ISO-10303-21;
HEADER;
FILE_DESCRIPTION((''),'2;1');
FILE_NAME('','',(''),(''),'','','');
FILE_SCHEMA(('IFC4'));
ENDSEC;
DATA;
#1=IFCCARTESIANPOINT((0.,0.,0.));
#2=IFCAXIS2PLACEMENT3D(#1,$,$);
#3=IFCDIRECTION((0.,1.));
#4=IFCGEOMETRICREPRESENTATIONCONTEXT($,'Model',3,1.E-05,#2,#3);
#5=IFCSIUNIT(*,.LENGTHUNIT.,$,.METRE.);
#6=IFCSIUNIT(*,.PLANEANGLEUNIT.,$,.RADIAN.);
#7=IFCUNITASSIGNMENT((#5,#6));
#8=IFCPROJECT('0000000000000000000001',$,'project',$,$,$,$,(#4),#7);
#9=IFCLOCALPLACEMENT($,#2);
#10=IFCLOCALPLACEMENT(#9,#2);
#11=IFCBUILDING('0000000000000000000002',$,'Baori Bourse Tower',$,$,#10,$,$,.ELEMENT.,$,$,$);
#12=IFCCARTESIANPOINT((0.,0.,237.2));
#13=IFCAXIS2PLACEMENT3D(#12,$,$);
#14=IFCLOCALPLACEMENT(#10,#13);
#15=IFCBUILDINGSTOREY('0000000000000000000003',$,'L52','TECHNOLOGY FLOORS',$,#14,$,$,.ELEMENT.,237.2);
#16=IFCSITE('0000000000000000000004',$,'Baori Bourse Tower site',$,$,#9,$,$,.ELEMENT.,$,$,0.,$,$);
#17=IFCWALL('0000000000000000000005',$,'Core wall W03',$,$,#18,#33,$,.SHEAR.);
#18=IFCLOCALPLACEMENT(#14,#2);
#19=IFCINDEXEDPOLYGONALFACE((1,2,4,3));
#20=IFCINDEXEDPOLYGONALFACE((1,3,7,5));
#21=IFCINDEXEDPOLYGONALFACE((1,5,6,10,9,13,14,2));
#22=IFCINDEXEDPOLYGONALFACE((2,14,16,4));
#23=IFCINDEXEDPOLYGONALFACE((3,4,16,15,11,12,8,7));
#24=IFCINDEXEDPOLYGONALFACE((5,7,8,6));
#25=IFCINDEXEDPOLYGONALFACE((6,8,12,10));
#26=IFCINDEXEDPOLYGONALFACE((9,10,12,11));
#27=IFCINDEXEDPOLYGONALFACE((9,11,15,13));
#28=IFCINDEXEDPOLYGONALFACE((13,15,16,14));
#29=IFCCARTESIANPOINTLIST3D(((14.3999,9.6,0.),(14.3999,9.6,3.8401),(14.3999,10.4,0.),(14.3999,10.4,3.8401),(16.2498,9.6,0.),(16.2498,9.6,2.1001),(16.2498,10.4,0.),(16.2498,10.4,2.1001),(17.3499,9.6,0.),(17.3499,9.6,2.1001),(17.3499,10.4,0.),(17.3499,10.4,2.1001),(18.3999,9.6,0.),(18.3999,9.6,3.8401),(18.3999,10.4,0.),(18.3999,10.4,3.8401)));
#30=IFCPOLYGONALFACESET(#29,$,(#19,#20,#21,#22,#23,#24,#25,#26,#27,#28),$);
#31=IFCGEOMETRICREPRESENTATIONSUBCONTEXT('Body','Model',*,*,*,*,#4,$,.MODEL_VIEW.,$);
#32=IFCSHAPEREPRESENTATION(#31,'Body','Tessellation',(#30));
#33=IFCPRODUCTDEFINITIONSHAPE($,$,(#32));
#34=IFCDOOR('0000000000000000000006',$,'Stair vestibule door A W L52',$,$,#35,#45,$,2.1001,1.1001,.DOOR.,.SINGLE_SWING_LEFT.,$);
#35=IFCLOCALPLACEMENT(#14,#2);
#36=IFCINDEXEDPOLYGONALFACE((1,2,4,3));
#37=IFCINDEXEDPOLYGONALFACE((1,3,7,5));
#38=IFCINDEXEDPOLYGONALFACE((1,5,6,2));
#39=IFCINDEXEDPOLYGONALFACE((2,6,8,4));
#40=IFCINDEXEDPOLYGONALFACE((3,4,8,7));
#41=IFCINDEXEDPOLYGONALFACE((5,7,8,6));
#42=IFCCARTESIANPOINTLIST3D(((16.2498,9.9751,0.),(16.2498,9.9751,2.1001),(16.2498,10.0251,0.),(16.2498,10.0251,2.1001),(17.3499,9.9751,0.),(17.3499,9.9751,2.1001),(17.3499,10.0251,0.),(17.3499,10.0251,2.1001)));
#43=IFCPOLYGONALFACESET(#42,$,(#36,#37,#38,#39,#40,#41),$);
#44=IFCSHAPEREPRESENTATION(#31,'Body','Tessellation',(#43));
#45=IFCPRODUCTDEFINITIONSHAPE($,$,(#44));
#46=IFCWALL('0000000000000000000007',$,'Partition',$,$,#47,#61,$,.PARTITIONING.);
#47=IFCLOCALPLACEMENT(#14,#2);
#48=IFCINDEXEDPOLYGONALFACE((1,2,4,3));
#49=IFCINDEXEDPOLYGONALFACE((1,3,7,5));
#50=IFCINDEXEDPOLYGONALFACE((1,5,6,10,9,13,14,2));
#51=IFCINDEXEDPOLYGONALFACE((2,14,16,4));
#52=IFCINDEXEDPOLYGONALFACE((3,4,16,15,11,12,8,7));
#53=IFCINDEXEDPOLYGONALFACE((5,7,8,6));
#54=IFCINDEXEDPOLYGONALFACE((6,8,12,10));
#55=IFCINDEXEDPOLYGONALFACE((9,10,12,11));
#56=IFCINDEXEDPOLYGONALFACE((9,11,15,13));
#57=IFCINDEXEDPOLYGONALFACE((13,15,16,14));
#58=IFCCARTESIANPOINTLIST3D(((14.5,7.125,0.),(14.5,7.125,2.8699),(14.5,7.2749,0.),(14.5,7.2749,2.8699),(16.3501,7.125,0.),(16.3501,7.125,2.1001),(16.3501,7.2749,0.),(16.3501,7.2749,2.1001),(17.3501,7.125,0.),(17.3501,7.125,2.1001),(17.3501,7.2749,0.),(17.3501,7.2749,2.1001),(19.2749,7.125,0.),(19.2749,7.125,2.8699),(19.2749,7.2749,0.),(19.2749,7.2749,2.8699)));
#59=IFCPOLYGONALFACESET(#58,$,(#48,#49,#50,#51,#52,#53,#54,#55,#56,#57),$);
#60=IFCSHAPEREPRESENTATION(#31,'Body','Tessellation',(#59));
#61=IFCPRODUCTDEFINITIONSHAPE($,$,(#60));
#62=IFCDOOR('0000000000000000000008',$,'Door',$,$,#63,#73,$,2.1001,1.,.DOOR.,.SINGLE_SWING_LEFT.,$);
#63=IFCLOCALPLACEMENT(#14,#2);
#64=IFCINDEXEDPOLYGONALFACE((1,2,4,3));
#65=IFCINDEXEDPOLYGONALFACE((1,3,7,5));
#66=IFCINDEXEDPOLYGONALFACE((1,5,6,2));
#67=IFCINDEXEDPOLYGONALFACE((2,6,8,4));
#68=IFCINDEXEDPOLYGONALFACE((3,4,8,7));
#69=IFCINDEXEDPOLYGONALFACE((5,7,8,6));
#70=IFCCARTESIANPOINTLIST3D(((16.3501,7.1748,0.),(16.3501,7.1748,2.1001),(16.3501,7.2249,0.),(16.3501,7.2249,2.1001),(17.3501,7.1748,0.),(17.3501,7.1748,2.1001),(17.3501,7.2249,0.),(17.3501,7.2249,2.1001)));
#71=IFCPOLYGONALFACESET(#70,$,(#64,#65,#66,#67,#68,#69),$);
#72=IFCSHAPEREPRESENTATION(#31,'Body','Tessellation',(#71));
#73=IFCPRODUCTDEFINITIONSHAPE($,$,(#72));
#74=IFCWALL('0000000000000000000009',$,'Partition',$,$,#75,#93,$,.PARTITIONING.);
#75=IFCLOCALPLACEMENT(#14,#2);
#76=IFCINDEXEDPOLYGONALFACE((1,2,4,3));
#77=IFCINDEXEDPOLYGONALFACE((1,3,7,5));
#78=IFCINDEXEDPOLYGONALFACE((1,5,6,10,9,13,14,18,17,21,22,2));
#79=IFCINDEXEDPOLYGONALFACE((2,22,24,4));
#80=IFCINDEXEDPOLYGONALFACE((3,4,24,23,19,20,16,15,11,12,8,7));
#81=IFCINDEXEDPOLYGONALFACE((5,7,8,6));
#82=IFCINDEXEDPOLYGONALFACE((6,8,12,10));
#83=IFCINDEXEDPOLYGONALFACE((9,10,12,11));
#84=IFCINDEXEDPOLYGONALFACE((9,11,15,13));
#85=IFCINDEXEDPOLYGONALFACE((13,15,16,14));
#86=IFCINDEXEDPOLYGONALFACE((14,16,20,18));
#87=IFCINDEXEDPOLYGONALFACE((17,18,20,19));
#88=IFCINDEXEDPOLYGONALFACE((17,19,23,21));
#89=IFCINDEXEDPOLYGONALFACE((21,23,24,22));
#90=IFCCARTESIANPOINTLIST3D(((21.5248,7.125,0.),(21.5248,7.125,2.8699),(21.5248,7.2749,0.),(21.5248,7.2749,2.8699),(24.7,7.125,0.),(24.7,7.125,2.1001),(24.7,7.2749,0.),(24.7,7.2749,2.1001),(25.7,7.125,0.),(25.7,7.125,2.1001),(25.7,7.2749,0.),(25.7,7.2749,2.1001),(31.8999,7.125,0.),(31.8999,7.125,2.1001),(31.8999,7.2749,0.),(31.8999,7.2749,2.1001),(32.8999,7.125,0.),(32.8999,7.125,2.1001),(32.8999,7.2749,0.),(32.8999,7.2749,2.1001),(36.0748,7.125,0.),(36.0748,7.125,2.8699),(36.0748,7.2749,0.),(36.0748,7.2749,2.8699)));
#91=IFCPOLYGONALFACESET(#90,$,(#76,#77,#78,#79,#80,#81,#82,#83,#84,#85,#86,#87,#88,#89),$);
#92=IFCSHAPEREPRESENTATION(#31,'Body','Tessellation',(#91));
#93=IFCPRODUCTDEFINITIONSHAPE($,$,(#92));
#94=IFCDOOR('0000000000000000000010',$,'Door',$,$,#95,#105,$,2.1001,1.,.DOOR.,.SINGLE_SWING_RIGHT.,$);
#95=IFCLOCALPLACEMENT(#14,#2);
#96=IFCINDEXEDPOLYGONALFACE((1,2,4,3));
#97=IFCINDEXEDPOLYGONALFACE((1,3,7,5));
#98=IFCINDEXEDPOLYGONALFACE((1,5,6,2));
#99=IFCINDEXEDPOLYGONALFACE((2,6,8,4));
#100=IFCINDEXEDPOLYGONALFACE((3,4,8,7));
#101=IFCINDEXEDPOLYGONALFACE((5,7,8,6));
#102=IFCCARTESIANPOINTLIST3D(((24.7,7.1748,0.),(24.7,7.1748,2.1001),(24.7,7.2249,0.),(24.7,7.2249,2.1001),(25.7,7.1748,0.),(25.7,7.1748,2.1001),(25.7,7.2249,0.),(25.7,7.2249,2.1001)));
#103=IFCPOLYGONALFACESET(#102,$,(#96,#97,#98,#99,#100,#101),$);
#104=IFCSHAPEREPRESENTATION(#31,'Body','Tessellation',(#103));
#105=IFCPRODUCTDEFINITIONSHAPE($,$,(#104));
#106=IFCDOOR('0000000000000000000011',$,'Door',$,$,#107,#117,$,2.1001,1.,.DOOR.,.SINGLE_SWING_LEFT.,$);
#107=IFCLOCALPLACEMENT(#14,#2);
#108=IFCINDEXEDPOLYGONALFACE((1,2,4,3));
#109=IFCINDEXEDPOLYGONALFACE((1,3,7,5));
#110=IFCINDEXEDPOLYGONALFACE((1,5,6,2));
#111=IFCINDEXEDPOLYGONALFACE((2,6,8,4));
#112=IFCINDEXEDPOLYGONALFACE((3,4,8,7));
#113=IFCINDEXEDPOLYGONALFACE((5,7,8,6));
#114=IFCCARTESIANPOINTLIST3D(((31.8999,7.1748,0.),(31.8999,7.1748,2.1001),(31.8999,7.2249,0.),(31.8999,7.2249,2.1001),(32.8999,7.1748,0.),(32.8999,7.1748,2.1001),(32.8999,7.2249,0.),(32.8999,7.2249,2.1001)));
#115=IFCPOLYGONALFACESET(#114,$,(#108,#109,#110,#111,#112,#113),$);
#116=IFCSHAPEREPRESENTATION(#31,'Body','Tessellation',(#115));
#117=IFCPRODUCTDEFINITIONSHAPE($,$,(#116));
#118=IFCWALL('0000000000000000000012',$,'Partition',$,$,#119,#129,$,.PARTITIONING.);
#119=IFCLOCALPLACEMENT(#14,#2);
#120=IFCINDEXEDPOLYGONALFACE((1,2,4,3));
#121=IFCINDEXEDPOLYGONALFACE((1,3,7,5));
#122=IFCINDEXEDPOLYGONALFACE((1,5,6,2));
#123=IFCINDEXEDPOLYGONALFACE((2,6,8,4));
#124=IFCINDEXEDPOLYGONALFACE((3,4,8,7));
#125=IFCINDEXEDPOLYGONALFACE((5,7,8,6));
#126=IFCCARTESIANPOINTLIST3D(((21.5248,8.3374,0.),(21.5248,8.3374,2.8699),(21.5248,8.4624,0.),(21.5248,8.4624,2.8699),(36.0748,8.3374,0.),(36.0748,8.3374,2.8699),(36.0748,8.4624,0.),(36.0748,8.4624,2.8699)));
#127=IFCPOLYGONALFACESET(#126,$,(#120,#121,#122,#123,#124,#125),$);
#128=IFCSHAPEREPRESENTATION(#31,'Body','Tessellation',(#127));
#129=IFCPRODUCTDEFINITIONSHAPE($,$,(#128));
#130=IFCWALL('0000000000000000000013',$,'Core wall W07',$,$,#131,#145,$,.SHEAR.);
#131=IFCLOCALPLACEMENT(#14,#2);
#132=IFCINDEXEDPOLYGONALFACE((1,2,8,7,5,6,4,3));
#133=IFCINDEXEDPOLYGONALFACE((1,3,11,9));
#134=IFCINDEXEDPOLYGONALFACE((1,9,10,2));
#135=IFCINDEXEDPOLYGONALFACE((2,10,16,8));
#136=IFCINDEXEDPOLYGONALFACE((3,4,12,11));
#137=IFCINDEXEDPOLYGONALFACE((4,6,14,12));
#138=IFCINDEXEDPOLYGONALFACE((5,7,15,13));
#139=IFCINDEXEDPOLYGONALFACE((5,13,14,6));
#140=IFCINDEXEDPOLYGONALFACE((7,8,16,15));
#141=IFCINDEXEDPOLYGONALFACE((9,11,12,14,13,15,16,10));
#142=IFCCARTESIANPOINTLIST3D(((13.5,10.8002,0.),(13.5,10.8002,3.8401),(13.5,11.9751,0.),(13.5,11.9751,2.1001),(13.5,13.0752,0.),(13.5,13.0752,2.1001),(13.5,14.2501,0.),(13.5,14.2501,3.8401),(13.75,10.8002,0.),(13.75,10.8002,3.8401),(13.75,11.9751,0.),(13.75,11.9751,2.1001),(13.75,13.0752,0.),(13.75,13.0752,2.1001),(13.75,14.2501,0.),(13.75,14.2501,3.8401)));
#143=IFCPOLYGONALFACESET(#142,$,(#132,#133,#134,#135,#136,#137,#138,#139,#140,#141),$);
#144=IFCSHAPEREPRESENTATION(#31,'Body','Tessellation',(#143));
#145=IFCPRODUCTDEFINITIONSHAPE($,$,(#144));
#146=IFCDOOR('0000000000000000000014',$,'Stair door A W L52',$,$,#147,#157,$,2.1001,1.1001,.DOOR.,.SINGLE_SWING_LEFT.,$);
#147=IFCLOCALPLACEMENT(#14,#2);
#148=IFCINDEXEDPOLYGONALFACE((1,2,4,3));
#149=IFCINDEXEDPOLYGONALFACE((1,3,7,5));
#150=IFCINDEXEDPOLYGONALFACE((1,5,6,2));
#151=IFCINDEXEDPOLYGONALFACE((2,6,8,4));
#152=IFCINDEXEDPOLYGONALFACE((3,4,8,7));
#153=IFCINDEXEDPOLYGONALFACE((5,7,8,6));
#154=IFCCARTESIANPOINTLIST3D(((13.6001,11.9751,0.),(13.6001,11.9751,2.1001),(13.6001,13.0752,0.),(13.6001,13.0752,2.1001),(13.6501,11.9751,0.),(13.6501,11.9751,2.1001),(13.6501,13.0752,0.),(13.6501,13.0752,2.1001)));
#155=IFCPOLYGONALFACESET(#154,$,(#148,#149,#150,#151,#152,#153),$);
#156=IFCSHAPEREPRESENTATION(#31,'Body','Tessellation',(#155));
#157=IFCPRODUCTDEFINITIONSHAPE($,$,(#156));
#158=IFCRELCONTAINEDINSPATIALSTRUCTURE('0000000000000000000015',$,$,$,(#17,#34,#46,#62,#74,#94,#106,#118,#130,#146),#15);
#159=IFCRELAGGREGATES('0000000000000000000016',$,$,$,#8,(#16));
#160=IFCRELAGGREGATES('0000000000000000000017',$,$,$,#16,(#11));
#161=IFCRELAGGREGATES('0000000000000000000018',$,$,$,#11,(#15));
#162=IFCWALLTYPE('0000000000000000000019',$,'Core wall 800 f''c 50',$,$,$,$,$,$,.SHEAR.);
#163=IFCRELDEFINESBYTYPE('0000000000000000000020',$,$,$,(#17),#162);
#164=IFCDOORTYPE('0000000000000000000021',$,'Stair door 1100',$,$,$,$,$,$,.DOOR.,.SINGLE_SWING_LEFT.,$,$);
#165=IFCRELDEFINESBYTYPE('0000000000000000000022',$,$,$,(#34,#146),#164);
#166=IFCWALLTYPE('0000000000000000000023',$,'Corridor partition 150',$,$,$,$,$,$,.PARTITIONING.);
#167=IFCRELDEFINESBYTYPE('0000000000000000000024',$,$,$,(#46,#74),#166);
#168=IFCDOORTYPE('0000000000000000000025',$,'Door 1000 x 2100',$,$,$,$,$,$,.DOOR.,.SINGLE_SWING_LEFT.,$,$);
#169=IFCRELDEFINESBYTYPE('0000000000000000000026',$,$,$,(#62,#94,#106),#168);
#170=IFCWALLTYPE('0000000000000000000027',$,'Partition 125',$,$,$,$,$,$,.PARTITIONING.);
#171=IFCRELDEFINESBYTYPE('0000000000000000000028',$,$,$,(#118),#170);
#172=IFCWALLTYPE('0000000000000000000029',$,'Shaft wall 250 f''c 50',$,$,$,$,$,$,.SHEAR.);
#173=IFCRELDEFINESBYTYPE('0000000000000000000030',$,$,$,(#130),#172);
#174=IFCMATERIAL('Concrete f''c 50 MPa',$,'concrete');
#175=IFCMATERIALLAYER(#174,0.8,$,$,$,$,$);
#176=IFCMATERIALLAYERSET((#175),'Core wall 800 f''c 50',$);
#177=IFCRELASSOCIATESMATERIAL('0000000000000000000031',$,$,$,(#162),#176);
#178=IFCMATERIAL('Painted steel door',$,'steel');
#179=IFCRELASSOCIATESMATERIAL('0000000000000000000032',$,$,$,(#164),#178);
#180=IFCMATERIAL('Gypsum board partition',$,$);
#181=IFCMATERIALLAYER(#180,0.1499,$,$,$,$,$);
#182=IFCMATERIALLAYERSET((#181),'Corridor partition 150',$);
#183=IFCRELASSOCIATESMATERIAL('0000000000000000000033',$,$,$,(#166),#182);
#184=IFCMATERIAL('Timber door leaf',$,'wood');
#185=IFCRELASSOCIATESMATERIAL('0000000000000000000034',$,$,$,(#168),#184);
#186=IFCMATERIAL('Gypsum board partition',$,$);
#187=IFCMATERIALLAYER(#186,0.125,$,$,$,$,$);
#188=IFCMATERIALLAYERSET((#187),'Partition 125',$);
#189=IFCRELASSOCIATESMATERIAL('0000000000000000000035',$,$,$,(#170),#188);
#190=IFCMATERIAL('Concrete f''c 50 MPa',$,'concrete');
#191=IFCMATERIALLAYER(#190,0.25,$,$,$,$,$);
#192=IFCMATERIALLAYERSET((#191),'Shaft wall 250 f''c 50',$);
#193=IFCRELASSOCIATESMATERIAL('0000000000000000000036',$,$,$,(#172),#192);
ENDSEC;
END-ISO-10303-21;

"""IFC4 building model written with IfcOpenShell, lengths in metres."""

from ifc_helpers import new_model, si_unit, direction, frame, frame_2d, origin, place, context, subcontext, project, spatial, rectangle, extrude, material, layer, layer_set, type_object, element, fill, save


model = new_model("IFC4")

# Units and contexts
model_context = context("Model", 3, precision=1e-05, world=origin(), true_north=direction((0.0, 1.0)))
body_context = subcontext(model_context, "Body", "Model", "MODEL_VIEW")
ifc_project = project(units=[si_unit("LENGTHUNIT", "METRE"), si_unit("PLANEANGLEUNIT", "RADIAN")], contexts=[model_context])

# Site, building, storey
site_placement = place(None, origin())
site = spatial("IfcSite", under=ifc_project, at=site_placement, Name="Baori Bourse Tower site", CompositionType="ELEMENT", RefElevation=0.0)
building_placement = place(site_placement, origin())
building = spatial("IfcBuilding", under=site, at=building_placement, Name="Baori Bourse Tower", CompositionType="ELEMENT")
storey_placement = place(building_placement, frame((0.0, 0.0, 237.2)))
storey = spatial("IfcBuildingStorey", under=building, at=storey_placement, Name="L52", Description="TECHNOLOGY FLOORS", CompositionType="ELEMENT", Elevation=237.2)

# Shared definitions
ifc_material_1 = material(Name="Concrete f'c 50 MPa", Category="concrete")
ifc_layer_1 = layer(ifc_material_1, 0.8)
ifc_layer_set_1 = layer_set([ifc_layer_1], Name="Core wall 800 f'c 50")
wall_type_1 = type_object("IfcWallType", Name="Core wall 800 f'c 50", PredefinedType="SHEAR", material=ifc_layer_set_1)

# Walls, openings, doors
wall_1_placement = place(storey_placement, frame((18.3999, 10.0, 0.0), z_axis=(0.0, 0.0, 1.0), x_axis=(-1.0, 0.0, 0.0)))
wall_1 = element("IfcWall", 1, at=wall_1_placement, inside=storey, type_object=wall_type_1, Name="Core wall W03", PredefinedType="SHEAR", context=body_context, shape_type="SweptSolid", body=[
    extrude(rectangle(XDim=4.0, YDim=0.8, at=frame_2d((2.0, 0.0))), origin(), (0.0, 0.0, 1.0), 3.8401),
])
opening_1_placement = place(wall_1_placement, frame((1.05, 0.0, 0.0)))
opening_1 = element("IfcOpeningElement", 2, at=opening_1_placement, cuts=wall_1, PredefinedType="OPENING", context=body_context, shape_type="SweptSolid", body=[
    extrude(rectangle(XDim=1.1001, YDim=2.1001, at=frame_2d((0.55, 1.05))), frame((0.0, 0.4099, 0.0), z_axis=(0.0, -1.0, 0.0), x_axis=(1.0, 0.0, 0.0)), (0.0, 0.0, 1.0), 0.8201),
])
ifc_material_2 = material(Name="Painted steel door", Category="steel")
door_type_1 = type_object("IfcDoorType", Name="Stair door 1100", OperationType="SINGLE_SWING_LEFT", PredefinedType="DOOR", material=ifc_material_2)
door_1_placement = place(opening_1_placement, origin())
door_1 = element("IfcDoor", 3, at=door_1_placement, inside=storey, type_object=door_type_1, Name="Stair vestibule door A W L52", OperationType="SINGLE_SWING_LEFT", OverallHeight=2.1001, OverallWidth=1.1001, PredefinedType="DOOR", context=body_context, shape_type="SweptSolid", body=[
    extrude(rectangle(XDim=1.1001, YDim=2.1001, at=frame_2d((0.55, 1.05))), frame((0.0, 0.0249, 0.0), z_axis=(0.0, -1.0, 0.0), x_axis=(1.0, 0.0, 0.0)), (0.0, 0.0, 1.0), 0.05),
])
fill(opening_1, door_1)
ifc_material_3 = material(Name="Gypsum board partition")
ifc_layer_2 = layer(ifc_material_3, 0.1499)
ifc_layer_set_2 = layer_set([ifc_layer_2], Name="Corridor partition 150")
wall_type_2 = type_object("IfcWallType", Name="Corridor partition 150", PredefinedType="PARTITIONING", material=ifc_layer_set_2)
wall_2_placement = place(storey_placement, frame((14.5, 7.2, 0.0), z_axis=(0.0, 0.0, 1.0), x_axis=(1.0, 0.0, 0.0)))
wall_2 = element("IfcWall", 4, at=wall_2_placement, inside=storey, type_object=wall_type_2, Name="Partition", PredefinedType="PARTITIONING", context=body_context, shape_type="SweptSolid", body=[
    extrude(rectangle(XDim=4.7749, YDim=0.1499, at=frame_2d((2.3875, 0.0))), origin(), (0.0, 0.0, 1.0), 2.8699),
])
opening_2_placement = place(wall_2_placement, frame((1.8501, 0.0, 0.0)))
opening_2 = element("IfcOpeningElement", 5, at=opening_2_placement, cuts=wall_2, PredefinedType="OPENING", context=body_context, shape_type="SweptSolid", body=[
    extrude(rectangle(XDim=1.0, YDim=2.1001, at=frame_2d((0.5, 1.05))), frame((0.0, 0.085, 0.0), z_axis=(0.0, -1.0, 0.0), x_axis=(1.0, 0.0, 0.0)), (0.0, 0.0, 1.0), 0.1699),
])
ifc_material_4 = material(Name="Timber door leaf", Category="wood")
door_type_2 = type_object("IfcDoorType", Name="Door 1000 x 2100", OperationType="SINGLE_SWING_LEFT", PredefinedType="DOOR", material=ifc_material_4)
door_2_placement = place(opening_2_placement, origin())
door_2 = element("IfcDoor", 6, at=door_2_placement, inside=storey, type_object=door_type_2, Name="Door", OperationType="SINGLE_SWING_LEFT", OverallHeight=2.1001, OverallWidth=1.0, PredefinedType="DOOR", context=body_context, shape_type="SweptSolid", body=[
    extrude(rectangle(XDim=1.0, YDim=2.1001, at=frame_2d((0.5, 1.05))), frame((0.0, 0.0249, 0.0), z_axis=(0.0, -1.0, 0.0), x_axis=(1.0, 0.0, 0.0)), (0.0, 0.0, 1.0), 0.05),
])
fill(opening_2, door_2)

# Wall, openings, doors
wall_3_placement = place(storey_placement, frame((21.5249, 7.2, 0.0), z_axis=(0.0, 0.0, 1.0), x_axis=(1.0, 0.0, 0.0)))
wall_3 = element("IfcWall", 7, at=wall_3_placement, inside=storey, type_object=wall_type_2, Name="Partition", PredefinedType="PARTITIONING", context=body_context, shape_type="SweptSolid", body=[
    extrude(rectangle(XDim=14.55, YDim=0.1499, at=frame_2d((7.2749, 0.0))), origin(), (0.0, 0.0, 1.0), 2.8699),
])
opening_3_placement = place(wall_3_placement, frame((3.175, 0.0, 0.0)))
opening_3 = element("IfcOpeningElement", 8, at=opening_3_placement, cuts=wall_3, PredefinedType="OPENING", context=body_context, shape_type="SweptSolid", body=[
    extrude(rectangle(XDim=1.0, YDim=2.1001, at=frame_2d((0.5, 1.05))), frame((0.0, 0.085, 0.0), z_axis=(0.0, -1.0, 0.0), x_axis=(1.0, 0.0, 0.0)), (0.0, 0.0, 1.0), 0.1699),
])
opening_4_placement = place(wall_3_placement, frame((10.375, 0.0, 0.0)))
opening_4 = element("IfcOpeningElement", 9, at=opening_4_placement, cuts=wall_3, PredefinedType="OPENING", context=body_context, shape_type="SweptSolid", body=[
    extrude(rectangle(XDim=1.0, YDim=2.1001, at=frame_2d((0.5, 1.05))), frame((0.0, 0.085, 0.0), z_axis=(0.0, -1.0, 0.0), x_axis=(1.0, 0.0, 0.0)), (0.0, 0.0, 1.0), 0.1699),
])
door_3_placement = place(opening_3_placement, origin())
door_3 = element("IfcDoor", 10, at=door_3_placement, inside=storey, type_object=door_type_2, Name="Door", OperationType="SINGLE_SWING_RIGHT", OverallHeight=2.1001, OverallWidth=1.0, PredefinedType="DOOR", context=body_context, shape_type="SweptSolid", body=[
    extrude(rectangle(XDim=1.0, YDim=2.1001, at=frame_2d((0.5, 1.05))), frame((0.0, 0.0249, 0.0), z_axis=(0.0, -1.0, 0.0), x_axis=(1.0, 0.0, 0.0)), (0.0, 0.0, 1.0), 0.05),
])
fill(opening_3, door_3)
door_4_placement = place(opening_4_placement, origin())
door_4 = element("IfcDoor", 11, at=door_4_placement, inside=storey, type_object=door_type_2, Name="Door", OperationType="SINGLE_SWING_LEFT", OverallHeight=2.1001, OverallWidth=1.0, PredefinedType="DOOR", context=body_context, shape_type="SweptSolid", body=[
    extrude(rectangle(XDim=1.0, YDim=2.1001, at=frame_2d((0.5, 1.05))), frame((0.0, 0.0249, 0.0), z_axis=(0.0, -1.0, 0.0), x_axis=(1.0, 0.0, 0.0)), (0.0, 0.0, 1.0), 0.05),
])
fill(opening_4, door_4)

# Wall
ifc_material_5 = material(Name="Gypsum board partition")
ifc_layer_3 = layer(ifc_material_5, 0.125)
ifc_layer_set_3 = layer_set([ifc_layer_3], Name="Partition 125")
wall_type_3 = type_object("IfcWallType", Name="Partition 125", PredefinedType="PARTITIONING", material=ifc_layer_set_3)
wall_4_placement = place(storey_placement, frame((21.5249, 8.3999, 0.0), z_axis=(0.0, 0.0, 1.0), x_axis=(1.0, 0.0, 0.0)))
element("IfcWall", 12, at=wall_4_placement, inside=storey, type_object=wall_type_3, Name="Partition", PredefinedType="PARTITIONING", context=body_context, shape_type="SweptSolid", body=[
    extrude(rectangle(XDim=14.55, YDim=0.125, at=frame_2d((7.2749, 0.0))), origin(), (0.0, 0.0, 1.0), 2.8699),
])

# Wall, opening, door
ifc_material_6 = material(Name="Concrete f'c 50 MPa", Category="concrete")
ifc_layer_4 = layer(ifc_material_6, 0.25)
ifc_layer_set_4 = layer_set([ifc_layer_4], Name="Shaft wall 250 f'c 50")
wall_type_4 = type_object("IfcWallType", Name="Shaft wall 250 f'c 50", PredefinedType="SHEAR", material=ifc_layer_set_4)
wall_5_placement = place(storey_placement, frame((13.625, 10.8, 0.0), z_axis=(0.0, 0.0, 1.0), x_axis=(0.0, 1.0, 0.0)))
wall_5 = element("IfcWall", 13, at=wall_5_placement, inside=storey, type_object=wall_type_4, Name="Core wall W07", PredefinedType="SHEAR", context=body_context, shape_type="SweptSolid", body=[
    extrude(rectangle(XDim=3.45, YDim=0.25, at=frame_2d((1.7251, 0.0))), origin(), (0.0, 0.0, 1.0), 3.8401),
])
opening_5_placement = place(wall_5_placement, frame((1.175, 0.0, 0.0)))
opening_5 = element("IfcOpeningElement", 14, at=opening_5_placement, cuts=wall_5, PredefinedType="OPENING", context=body_context, shape_type="SweptSolid", body=[
    extrude(rectangle(XDim=1.1001, YDim=2.1001, at=frame_2d((0.55, 1.05))), frame((0.0, 0.135, 0.0), z_axis=(0.0, -1.0, 0.0), x_axis=(1.0, 0.0, 0.0)), (0.0, 0.0, 1.0), 0.27),
])
door_5_placement = place(opening_5_placement, origin())
door_5 = element("IfcDoor", 15, at=door_5_placement, inside=storey, type_object=door_type_1, Name="Stair door A W L52", OperationType="SINGLE_SWING_LEFT", OverallHeight=2.1001, OverallWidth=1.1001, PredefinedType="DOOR", context=body_context, shape_type="SweptSolid", body=[
    extrude(rectangle(XDim=1.1001, YDim=2.1001, at=frame_2d((0.55, 1.05))), frame((0.0, 0.0249, 0.0), z_axis=(0.0, -1.0, 0.0), x_axis=(1.0, 0.0, 0.0)), (0.0, 0.0, 1.0), 0.05),
])
fill(opening_5, door_5)

save(model, "model.ifc")
